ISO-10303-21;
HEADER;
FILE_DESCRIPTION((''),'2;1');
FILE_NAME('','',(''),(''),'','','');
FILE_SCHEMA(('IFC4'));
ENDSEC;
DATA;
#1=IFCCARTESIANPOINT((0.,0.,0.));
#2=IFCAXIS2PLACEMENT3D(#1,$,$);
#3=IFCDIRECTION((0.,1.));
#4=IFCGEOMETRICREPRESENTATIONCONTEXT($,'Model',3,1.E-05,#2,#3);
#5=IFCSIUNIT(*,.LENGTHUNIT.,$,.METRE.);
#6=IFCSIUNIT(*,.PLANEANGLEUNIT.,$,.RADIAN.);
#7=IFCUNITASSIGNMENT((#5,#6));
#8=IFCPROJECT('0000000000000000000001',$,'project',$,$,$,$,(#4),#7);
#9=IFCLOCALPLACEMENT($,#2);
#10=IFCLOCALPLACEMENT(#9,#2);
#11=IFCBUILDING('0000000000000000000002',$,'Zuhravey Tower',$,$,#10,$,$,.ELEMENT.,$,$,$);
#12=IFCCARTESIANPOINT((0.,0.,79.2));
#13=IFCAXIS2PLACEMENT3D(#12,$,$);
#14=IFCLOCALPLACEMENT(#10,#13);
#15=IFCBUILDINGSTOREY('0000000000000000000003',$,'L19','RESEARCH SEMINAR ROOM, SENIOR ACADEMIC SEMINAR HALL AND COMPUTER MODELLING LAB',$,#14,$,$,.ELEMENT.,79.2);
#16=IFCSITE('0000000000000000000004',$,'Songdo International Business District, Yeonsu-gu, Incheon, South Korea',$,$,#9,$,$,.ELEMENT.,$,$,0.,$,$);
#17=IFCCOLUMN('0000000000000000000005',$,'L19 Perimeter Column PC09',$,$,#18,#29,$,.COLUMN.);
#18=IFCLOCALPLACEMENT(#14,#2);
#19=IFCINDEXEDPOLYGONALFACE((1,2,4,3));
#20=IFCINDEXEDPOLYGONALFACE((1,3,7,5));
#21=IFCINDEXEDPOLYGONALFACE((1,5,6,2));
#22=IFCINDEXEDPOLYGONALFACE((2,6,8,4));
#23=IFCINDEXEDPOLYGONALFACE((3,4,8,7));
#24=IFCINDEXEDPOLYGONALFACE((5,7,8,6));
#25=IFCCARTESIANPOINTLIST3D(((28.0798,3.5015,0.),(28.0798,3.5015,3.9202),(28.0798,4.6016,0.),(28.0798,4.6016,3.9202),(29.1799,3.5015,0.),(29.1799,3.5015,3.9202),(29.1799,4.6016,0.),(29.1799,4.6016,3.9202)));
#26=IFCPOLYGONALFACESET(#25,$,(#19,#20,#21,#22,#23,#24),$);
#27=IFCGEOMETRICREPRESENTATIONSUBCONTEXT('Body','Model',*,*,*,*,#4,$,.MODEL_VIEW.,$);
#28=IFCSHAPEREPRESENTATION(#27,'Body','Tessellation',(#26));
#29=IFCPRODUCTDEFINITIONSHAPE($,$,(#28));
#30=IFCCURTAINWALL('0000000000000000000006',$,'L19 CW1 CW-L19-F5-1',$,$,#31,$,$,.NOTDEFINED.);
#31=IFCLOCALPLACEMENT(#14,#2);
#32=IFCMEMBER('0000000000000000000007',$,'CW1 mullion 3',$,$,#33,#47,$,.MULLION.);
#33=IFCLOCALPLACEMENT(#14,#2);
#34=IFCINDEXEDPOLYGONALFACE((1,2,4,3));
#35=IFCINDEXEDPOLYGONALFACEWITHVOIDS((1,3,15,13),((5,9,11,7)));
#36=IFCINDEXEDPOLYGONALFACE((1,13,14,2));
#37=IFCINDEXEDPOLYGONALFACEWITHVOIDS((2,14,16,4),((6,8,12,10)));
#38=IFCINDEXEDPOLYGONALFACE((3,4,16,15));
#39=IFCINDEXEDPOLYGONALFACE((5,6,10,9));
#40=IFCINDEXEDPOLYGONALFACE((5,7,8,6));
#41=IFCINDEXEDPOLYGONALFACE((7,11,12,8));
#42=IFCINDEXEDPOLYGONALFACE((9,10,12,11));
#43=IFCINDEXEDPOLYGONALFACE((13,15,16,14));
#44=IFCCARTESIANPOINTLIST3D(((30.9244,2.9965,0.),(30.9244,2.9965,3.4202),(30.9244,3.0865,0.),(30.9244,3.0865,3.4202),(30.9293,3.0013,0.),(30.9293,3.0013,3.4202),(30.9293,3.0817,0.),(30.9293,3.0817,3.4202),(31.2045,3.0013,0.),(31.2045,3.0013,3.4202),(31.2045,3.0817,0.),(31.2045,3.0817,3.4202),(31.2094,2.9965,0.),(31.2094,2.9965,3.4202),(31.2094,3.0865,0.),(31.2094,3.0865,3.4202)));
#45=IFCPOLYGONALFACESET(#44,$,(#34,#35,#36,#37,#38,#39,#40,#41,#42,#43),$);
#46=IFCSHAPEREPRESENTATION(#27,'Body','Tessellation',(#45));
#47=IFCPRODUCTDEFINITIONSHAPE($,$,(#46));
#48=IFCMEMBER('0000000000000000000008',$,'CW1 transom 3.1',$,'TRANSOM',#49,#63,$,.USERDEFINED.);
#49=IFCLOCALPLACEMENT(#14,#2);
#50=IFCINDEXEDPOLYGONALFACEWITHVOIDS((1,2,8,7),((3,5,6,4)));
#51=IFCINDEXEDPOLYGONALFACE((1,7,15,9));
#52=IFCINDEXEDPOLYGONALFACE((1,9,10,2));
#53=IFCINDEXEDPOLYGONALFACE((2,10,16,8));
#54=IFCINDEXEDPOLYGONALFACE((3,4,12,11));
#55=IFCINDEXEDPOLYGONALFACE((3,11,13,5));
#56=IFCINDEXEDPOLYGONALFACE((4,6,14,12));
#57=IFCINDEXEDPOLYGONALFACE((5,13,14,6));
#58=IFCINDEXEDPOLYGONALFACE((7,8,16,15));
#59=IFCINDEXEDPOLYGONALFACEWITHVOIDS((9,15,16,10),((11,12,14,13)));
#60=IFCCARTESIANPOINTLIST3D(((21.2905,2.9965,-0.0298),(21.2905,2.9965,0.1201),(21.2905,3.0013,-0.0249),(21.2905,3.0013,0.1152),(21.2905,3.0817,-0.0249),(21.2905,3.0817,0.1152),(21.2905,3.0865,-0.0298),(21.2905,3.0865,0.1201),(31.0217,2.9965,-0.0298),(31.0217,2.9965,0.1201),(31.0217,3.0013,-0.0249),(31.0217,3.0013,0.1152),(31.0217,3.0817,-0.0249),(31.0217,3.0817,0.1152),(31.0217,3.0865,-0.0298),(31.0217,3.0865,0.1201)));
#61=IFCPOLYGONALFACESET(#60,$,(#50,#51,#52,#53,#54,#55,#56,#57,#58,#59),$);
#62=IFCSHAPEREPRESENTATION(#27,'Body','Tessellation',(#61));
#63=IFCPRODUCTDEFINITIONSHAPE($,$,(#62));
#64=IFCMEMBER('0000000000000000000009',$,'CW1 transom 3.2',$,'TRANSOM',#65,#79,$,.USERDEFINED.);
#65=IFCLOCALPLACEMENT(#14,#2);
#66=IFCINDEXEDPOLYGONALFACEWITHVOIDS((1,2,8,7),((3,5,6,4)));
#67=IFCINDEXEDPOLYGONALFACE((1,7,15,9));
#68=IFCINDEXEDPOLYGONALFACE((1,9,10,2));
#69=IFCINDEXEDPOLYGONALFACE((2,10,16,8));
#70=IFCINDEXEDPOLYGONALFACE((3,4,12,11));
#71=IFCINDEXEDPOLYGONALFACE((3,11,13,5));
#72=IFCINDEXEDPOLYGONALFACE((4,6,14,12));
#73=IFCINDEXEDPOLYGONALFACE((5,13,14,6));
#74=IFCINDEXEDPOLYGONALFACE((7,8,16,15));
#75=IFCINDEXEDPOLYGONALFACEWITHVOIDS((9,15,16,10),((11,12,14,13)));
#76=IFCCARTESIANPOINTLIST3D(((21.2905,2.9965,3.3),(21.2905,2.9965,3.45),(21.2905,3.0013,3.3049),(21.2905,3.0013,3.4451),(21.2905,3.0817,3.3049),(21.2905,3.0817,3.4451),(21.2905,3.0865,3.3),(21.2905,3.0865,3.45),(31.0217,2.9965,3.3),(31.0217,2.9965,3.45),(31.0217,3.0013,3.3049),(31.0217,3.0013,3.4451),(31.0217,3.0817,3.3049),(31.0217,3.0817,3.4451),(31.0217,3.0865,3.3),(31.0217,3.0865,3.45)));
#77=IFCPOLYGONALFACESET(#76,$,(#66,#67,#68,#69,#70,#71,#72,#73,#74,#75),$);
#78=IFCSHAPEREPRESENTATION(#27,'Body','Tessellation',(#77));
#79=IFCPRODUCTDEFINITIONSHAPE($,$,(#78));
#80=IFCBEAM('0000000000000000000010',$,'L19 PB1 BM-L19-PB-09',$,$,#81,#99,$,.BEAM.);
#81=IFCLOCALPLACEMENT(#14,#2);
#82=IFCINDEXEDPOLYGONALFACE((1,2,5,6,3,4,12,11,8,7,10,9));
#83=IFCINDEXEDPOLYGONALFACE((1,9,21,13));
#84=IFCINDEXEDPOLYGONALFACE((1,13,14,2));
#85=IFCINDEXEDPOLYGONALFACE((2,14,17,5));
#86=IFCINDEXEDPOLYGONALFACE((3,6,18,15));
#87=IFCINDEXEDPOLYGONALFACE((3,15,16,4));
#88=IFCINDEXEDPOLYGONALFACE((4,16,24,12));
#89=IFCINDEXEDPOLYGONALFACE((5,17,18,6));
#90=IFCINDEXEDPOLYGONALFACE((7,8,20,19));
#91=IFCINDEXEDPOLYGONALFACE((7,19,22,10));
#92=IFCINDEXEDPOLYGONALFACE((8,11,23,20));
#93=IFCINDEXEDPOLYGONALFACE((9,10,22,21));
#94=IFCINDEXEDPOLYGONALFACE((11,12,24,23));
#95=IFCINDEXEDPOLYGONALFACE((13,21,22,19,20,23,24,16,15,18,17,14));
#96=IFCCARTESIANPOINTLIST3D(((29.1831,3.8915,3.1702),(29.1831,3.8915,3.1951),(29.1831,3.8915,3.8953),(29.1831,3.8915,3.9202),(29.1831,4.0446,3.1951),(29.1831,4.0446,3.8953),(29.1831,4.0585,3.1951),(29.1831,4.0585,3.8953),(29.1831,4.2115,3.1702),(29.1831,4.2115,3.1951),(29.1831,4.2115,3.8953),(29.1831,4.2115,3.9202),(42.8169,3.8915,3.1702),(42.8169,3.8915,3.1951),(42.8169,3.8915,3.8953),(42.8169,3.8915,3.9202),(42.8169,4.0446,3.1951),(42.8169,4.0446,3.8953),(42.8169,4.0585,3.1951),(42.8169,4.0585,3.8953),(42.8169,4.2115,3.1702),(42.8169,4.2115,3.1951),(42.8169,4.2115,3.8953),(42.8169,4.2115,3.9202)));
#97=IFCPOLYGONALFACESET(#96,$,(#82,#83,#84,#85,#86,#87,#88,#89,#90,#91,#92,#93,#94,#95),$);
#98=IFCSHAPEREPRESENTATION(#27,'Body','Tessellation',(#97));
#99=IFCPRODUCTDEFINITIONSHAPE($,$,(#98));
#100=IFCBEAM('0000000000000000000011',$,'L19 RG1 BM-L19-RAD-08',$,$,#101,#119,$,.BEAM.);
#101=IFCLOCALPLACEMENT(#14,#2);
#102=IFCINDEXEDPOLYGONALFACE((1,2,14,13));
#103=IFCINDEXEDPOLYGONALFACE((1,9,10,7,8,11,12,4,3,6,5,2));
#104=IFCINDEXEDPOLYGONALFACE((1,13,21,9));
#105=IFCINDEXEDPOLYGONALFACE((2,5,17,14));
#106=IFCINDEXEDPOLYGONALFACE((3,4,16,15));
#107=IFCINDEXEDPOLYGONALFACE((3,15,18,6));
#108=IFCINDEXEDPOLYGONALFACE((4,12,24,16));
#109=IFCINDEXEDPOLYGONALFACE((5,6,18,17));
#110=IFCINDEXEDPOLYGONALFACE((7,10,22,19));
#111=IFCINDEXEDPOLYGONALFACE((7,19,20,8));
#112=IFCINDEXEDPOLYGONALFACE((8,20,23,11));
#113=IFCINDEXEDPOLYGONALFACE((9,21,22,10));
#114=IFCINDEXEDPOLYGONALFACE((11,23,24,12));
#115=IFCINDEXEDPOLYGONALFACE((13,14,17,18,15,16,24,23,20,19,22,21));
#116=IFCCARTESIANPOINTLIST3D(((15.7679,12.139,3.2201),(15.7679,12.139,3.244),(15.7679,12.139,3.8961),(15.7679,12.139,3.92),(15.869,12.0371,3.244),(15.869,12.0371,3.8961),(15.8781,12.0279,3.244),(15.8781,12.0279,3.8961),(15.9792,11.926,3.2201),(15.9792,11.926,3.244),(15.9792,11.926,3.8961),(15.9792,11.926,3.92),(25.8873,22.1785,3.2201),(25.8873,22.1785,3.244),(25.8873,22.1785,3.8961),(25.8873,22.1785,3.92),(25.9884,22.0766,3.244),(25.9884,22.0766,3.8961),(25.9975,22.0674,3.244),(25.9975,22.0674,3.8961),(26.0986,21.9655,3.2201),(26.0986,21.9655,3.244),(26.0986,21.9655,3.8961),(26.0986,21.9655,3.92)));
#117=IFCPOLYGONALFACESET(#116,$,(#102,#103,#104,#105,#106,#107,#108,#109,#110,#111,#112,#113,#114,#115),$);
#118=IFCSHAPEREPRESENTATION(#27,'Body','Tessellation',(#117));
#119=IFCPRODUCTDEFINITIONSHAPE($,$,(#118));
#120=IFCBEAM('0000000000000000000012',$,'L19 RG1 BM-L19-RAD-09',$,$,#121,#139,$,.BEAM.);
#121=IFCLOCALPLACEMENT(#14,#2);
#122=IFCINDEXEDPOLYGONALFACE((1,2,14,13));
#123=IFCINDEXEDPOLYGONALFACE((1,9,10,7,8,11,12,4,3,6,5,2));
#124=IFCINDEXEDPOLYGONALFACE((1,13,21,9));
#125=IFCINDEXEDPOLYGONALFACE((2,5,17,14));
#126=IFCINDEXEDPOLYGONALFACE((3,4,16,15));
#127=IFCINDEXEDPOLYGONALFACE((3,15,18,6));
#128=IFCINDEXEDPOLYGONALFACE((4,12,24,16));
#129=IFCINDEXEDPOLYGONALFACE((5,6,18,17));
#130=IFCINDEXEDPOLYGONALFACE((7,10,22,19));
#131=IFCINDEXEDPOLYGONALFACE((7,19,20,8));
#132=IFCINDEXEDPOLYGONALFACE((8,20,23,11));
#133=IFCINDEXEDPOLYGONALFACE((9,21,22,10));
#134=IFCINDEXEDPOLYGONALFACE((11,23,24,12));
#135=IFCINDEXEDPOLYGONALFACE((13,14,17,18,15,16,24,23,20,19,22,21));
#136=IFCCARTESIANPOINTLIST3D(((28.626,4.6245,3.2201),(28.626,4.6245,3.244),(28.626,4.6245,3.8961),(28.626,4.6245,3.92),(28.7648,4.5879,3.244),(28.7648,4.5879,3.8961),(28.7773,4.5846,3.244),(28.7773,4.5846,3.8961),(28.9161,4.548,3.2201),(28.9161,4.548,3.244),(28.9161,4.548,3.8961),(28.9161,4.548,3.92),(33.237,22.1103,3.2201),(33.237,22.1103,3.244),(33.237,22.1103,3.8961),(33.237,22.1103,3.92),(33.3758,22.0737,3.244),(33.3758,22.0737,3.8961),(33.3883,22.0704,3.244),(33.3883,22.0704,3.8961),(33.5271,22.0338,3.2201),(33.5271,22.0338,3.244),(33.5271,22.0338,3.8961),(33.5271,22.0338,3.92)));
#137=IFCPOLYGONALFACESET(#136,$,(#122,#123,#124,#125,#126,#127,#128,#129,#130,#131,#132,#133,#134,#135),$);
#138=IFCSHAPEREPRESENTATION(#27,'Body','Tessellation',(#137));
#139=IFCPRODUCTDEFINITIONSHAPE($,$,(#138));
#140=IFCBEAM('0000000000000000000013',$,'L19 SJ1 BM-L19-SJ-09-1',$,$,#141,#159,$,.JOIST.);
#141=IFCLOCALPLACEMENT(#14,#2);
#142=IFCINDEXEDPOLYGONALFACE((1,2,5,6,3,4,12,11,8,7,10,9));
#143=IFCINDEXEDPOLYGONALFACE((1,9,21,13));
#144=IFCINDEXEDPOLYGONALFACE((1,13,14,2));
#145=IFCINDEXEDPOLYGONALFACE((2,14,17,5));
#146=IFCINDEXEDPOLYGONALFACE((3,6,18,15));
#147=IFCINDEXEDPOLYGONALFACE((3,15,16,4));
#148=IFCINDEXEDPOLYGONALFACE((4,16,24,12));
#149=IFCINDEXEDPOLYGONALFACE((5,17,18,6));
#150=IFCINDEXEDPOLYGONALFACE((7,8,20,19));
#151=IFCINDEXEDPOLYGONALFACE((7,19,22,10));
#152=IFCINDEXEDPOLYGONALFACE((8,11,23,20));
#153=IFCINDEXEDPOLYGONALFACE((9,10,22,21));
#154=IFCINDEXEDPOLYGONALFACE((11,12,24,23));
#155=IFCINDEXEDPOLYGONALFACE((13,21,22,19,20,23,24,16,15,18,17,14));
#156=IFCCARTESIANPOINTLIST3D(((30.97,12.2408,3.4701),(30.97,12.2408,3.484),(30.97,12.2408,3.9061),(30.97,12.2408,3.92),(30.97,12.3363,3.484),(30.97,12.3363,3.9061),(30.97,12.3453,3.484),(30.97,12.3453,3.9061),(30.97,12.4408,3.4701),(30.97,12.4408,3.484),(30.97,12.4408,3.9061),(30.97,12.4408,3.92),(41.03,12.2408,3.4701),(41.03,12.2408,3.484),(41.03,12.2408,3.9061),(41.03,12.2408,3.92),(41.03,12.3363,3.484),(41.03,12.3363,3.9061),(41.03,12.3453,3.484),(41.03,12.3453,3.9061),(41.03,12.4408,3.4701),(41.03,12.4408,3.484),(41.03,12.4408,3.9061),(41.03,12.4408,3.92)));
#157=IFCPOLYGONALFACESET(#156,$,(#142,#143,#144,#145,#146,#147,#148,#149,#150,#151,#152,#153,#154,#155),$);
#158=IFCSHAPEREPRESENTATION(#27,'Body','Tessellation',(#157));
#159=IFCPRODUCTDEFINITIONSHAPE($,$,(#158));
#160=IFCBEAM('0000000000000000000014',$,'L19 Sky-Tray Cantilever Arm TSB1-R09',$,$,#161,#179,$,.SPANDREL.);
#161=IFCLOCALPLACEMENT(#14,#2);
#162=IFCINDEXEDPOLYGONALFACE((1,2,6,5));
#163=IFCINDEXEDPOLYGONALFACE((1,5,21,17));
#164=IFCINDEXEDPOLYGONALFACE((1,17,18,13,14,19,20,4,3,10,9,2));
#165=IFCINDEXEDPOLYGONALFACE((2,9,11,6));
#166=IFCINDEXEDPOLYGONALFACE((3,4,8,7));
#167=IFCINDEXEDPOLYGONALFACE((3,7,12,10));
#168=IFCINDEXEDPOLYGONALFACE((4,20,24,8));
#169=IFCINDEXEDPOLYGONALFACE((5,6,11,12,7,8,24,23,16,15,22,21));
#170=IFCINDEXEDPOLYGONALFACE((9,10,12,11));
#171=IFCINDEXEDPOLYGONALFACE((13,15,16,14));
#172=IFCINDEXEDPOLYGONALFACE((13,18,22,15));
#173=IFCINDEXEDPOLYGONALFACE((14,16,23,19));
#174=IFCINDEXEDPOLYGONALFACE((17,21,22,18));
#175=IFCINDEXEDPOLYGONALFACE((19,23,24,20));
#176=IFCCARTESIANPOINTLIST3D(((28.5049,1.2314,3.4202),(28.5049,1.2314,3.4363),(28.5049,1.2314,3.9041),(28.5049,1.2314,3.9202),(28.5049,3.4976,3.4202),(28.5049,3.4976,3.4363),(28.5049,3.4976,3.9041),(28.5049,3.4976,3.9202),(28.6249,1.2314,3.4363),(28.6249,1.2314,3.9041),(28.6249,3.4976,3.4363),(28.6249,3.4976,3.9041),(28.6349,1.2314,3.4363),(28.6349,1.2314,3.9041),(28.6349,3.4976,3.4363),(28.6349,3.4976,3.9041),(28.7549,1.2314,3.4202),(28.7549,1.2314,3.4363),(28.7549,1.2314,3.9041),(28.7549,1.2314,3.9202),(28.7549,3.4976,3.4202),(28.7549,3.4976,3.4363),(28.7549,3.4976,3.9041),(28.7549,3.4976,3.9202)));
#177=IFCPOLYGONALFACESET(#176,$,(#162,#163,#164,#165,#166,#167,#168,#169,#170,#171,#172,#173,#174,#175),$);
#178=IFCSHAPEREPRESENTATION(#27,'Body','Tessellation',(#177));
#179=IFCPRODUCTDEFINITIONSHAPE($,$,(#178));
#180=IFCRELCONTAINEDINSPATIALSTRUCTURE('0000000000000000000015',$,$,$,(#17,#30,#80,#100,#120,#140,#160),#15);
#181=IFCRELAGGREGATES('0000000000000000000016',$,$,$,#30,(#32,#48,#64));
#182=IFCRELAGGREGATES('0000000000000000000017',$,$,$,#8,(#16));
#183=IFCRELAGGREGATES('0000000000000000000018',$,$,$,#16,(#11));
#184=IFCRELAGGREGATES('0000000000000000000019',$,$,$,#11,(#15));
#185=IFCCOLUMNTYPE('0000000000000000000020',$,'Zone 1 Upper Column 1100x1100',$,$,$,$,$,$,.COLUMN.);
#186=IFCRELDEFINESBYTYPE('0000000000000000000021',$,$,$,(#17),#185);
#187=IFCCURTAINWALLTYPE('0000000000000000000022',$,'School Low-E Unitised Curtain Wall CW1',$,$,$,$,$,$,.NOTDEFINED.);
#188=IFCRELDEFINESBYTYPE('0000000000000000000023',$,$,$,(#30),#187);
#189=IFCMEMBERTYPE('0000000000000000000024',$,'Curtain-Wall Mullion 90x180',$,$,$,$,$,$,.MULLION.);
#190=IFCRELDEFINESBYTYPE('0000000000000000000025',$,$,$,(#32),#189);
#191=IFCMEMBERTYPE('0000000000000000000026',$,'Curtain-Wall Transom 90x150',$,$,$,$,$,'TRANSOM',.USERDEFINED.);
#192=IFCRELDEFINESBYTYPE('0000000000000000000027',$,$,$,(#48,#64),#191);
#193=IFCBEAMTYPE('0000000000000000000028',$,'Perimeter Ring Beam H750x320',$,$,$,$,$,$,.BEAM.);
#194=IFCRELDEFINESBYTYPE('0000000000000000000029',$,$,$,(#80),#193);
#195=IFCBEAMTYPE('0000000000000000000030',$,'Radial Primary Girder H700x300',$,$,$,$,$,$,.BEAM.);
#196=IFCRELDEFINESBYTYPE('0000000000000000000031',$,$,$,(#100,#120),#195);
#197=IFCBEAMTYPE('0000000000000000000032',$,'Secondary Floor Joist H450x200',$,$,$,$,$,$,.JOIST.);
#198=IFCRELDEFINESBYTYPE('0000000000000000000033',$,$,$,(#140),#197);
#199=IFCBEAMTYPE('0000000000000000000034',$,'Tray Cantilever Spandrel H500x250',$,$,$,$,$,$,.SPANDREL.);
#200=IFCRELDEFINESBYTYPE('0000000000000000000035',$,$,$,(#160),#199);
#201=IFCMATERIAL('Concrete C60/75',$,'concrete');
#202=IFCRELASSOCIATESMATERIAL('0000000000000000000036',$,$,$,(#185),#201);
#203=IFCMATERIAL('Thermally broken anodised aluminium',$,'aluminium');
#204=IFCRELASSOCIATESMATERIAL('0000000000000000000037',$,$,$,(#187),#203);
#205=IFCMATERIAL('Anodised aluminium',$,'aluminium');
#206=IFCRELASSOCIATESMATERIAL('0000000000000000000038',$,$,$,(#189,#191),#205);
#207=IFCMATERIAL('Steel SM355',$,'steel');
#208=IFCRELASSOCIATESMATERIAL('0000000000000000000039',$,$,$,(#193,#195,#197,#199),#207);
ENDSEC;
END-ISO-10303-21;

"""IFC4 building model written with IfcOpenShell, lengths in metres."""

from ifc_helpers import new_model, si_unit, direction, frame, origin, origin_2d, place, context, subcontext, project, spatial, rectangle, hollow_rectangle, i_section, extrude, material, material_profile, profile_set, type_object, element, aggregate, save


model = new_model("IFC4")

# Units and contexts
model_context = context("Model", 3, precision=1e-05, world=origin(), true_north=direction((0.0, 1.0)))
body_context = subcontext(model_context, "Body", "Model", "MODEL_VIEW")
ifc_project = project(units=[si_unit("LENGTHUNIT", "METRE"), si_unit("PLANEANGLEUNIT", "RADIAN")], contexts=[model_context])

# Site, building, storey
site_placement = place(None, origin())
site = spatial("IfcSite", under=ifc_project, at=site_placement, Name="Songdo International Business District, Yeonsu-gu, Incheon, South Korea", CompositionType="ELEMENT", RefElevation=0.0)
building_placement = place(site_placement, origin())
building = spatial("IfcBuilding", under=site, at=building_placement, Name="Zuhravey Tower", CompositionType="ELEMENT")
storey_placement = place(building_placement, frame((0.0, 0.0, 79.2)))
storey = spatial("IfcBuildingStorey", under=building, at=storey_placement, Name="L19", Description="RESEARCH SEMINAR ROOM, SENIOR ACADEMIC SEMINAR HALL AND COMPUTER MODELLING LAB", CompositionType="ELEMENT", Elevation=79.2)

# Column
ifc_material_1 = material(Name="Concrete C60/75", Category="concrete")
ifc_material_profile_1 = material_profile(ifc_material_1, rectangle(XDim=1.1001, YDim=1.1001, at=origin_2d()), Name="RC-1100x1100")
ifc_profile_set_1 = profile_set([ifc_material_profile_1], Name="Concrete C60/75")
column_type = type_object("IfcColumnType", Name="Zone 1 Upper Column 1100x1100", PredefinedType="COLUMN", material=ifc_profile_set_1)
column_placement = place(storey_placement, frame((28.6299, 4.0515, 0.0), z_axis=(0.0, 0.0, 1.0), x_axis=(1.0, 0.0, 0.0)))
element("IfcColumn", 1, at=column_placement, inside=storey, type_object=column_type, Name="L19 Perimeter Column PC09", PredefinedType="COLUMN", context=body_context, shape_type="SweptSolid", body=[
    extrude(rectangle(XDim=1.1001, YDim=1.1001, at=origin_2d()), origin(), (0.0, 0.0, 1.0), 3.9202),
])

# Curtain wall, members
ifc_material_2 = material(Name="Thermally broken anodised aluminium", Category="aluminium")
curtain_wall_type = type_object("IfcCurtainWallType", Name="School Low-E Unitised Curtain Wall CW1", PredefinedType="NOTDEFINED", material=ifc_material_2)
curtain_wall_placement = place(storey_placement, origin())
curtain_wall = element("IfcCurtainWall", 2, at=curtain_wall_placement, inside=storey, type_object=curtain_wall_type, Name="L19 CW1 CW-L19-F5-1", PredefinedType="NOTDEFINED")
ifc_material_3 = material(Name="Anodised aluminium", Category="aluminium")
ifc_material_profile_2 = material_profile(ifc_material_3, hollow_rectangle(XDim=0.0901, YDim=0.2849, WallThickness=0.0049, at=origin_2d()), Name="ALU-RHS-90x285x5")
ifc_profile_set_2 = profile_set([ifc_material_profile_2], Name="Anodised aluminium")
member_type_1 = type_object("IfcMemberType", Name="Curtain-Wall Mullion 90x180", PredefinedType="MULLION", material=ifc_profile_set_2)
member_1_placement = place(storey_placement, frame((31.0669, 3.0415, 0.0), z_axis=(0.0, 0.0, 1.0), x_axis=(0.0, -1.0, 0.0)))
member_1 = element("IfcMember", 3, at=member_1_placement, type_object=member_type_1, Name="CW1 mullion 3", PredefinedType="MULLION", context=body_context, shape_type="SweptSolid", body=[
    extrude(hollow_rectangle(XDim=0.0901, YDim=0.2849, WallThickness=0.0049, at=origin_2d()), origin(), (0.0, 0.0, 1.0), 3.4202),
])
ifc_material_profile_3 = material_profile(ifc_material_3, hollow_rectangle(XDim=0.0901, YDim=0.1499, WallThickness=0.0049, at=origin_2d()), Name="ALU-RHS-90x150x5")
ifc_profile_set_3 = profile_set([ifc_material_profile_3], Name="Anodised aluminium")
member_type_2 = type_object("IfcMemberType", Name="Curtain-Wall Transom 90x150", ElementType="TRANSOM", PredefinedType="USERDEFINED", material=ifc_profile_set_3)
member_2_placement = place(storey_placement, frame((31.0217, 3.0415, 0.0452), z_axis=(-1.0, 0.0, 0.0), x_axis=(0.0, -1.0, 0.0)))
member_2 = element("IfcMember", 4, at=member_2_placement, type_object=member_type_2, Name="CW1 transom 3.1", ObjectType="TRANSOM", PredefinedType="USERDEFINED", context=body_context, shape_type="SweptSolid", body=[
    extrude(hollow_rectangle(XDim=0.0901, YDim=0.1499, WallThickness=0.0049, at=origin_2d()), origin(), (0.0, 0.0, 1.0), 9.7312),
])
member_3_placement = place(storey_placement, frame((31.0217, 3.0415, 3.375), z_axis=(-1.0, 0.0, 0.0), x_axis=(0.0, -1.0, 0.0)))
member_3 = element("IfcMember", 5, at=member_3_placement, type_object=member_type_2, Name="CW1 transom 3.2", ObjectType="TRANSOM", PredefinedType="USERDEFINED", context=body_context, shape_type="SweptSolid", body=[
    extrude(hollow_rectangle(XDim=0.0901, YDim=0.1499, WallThickness=0.0049, at=origin_2d()), origin(), (0.0, 0.0, 1.0), 9.7312),
])

# Beams
ifc_material_4 = material(Name="Steel SM355", Category="steel")
ifc_material_profile_4 = material_profile(ifc_material_4, i_section(OverallWidth=0.3201, OverallDepth=0.75, WebThickness=0.0139, FlangeThickness=0.0249, at=origin_2d()), Name="H-750x320x14x25")
ifc_profile_set_4 = profile_set([ifc_material_profile_4], Name="Steel SM355")
beam_type_1 = type_object("IfcBeamType", Name="Perimeter Ring Beam H750x320", PredefinedType="BEAM", material=ifc_profile_set_4)
beam_1_placement = place(storey_placement, frame((29.1831, 4.0515, 3.5452), z_axis=(1.0, 0.0, 0.0), x_axis=(0.0, 1.0, 0.0)))
element("IfcBeam", 6, at=beam_1_placement, inside=storey, type_object=beam_type_1, Name="L19 PB1 BM-L19-PB-09", PredefinedType="BEAM", context=body_context, shape_type="SweptSolid", body=[
    extrude(i_section(OverallWidth=0.3201, OverallDepth=0.75, WebThickness=0.0139, FlangeThickness=0.0249, at=origin_2d()), origin(), (0.0, 0.0, 1.0), 13.6338),
])
ifc_material_profile_5 = material_profile(ifc_material_4, i_section(OverallWidth=0.3, OverallDepth=0.7, WebThickness=0.0129, FlangeThickness=0.0239, at=origin_2d()), Name="H-700x300x13x24")
ifc_profile_set_5 = profile_set([ifc_material_profile_5], Name="Steel SM355")
beam_type_2 = type_object("IfcBeamType", Name="Radial Primary Girder H700x300", PredefinedType="BEAM", material=ifc_profile_set_5)
beam_2_placement = place(storey_placement, frame((25.9929, 22.072, 3.5701), z_axis=(-0.709902, -0.704301, 0.0), x_axis=(0.704301, -0.709902, 0.0)))
element("IfcBeam", 7, at=beam_2_placement, inside=storey, type_object=beam_type_2, Name="L19 RG1 BM-L19-RAD-08", PredefinedType="BEAM", context=body_context, shape_type="SweptSolid", body=[
    extrude(i_section(OverallWidth=0.3, OverallDepth=0.7, WebThickness=0.0129, FlangeThickness=0.0239, at=origin_2d()), origin(), (0.0, 0.0, 1.0), 14.2546),
])
beam_3_placement = place(storey_placement, frame((33.3821, 22.072, 3.5701), z_axis=(-0.254987, -0.966944, 0.0), x_axis=(0.966944, -0.254987, 0.0)))
element("IfcBeam", 8, at=beam_3_placement, inside=storey, type_object=beam_type_2, Name="L19 RG1 BM-L19-RAD-09", PredefinedType="BEAM", context=body_context, shape_type="SweptSolid", body=[
    extrude(i_section(OverallWidth=0.3, OverallDepth=0.7, WebThickness=0.0129, FlangeThickness=0.0239, at=origin_2d()), origin(), (0.0, 0.0, 1.0), 18.0835),
])
ifc_material_profile_6 = material_profile(ifc_material_4, i_section(OverallWidth=0.2, OverallDepth=0.45, WebThickness=0.009, FlangeThickness=0.0139, at=origin_2d()), Name="H-450x200x9x14")
ifc_profile_set_6 = profile_set([ifc_material_profile_6], Name="Steel SM355")
beam_type_3 = type_object("IfcBeamType", Name="Secondary Floor Joist H450x200", PredefinedType="JOIST", material=ifc_profile_set_6)
beam_4_placement = place(storey_placement, frame((30.97, 12.3408, 3.6951), z_axis=(1.0, 0.0, 0.0), x_axis=(0.0, 1.0, 0.0)))
element("IfcBeam", 9, at=beam_4_placement, inside=storey, type_object=beam_type_3, Name="L19 SJ1 BM-L19-SJ-09-1", PredefinedType="JOIST", context=body_context, shape_type="SweptSolid", body=[
    extrude(i_section(OverallWidth=0.2, OverallDepth=0.45, WebThickness=0.009, FlangeThickness=0.0139, at=origin_2d()), origin(), (0.0, 0.0, 1.0), 10.0601),
])
ifc_material_profile_7 = material_profile(ifc_material_4, i_section(OverallWidth=0.25, OverallDepth=0.5, WebThickness=0.01, FlangeThickness=0.0161, at=origin_2d()), Name="H-500x250x10x16")
ifc_profile_set_7 = profile_set([ifc_material_profile_7], Name="Steel SM355")
beam_type_4 = type_object("IfcBeamType", Name="Tray Cantilever Spandrel H500x250", PredefinedType="SPANDREL", material=ifc_profile_set_7)
beam_5_placement = place(storey_placement, frame((28.6299, 3.4976, 3.6702), z_axis=(0.0, -1.0, 0.0), x_axis=(1.0, 0.0, 0.0)))
element("IfcBeam", 10, at=beam_5_placement, inside=storey, type_object=beam_type_4, Name="L19 Sky-Tray Cantilever Arm TSB1-R09", PredefinedType="SPANDREL", context=body_context, shape_type="SweptSolid", body=[
    extrude(i_section(OverallWidth=0.25, OverallDepth=0.5, WebThickness=0.01, FlangeThickness=0.0161, at=origin_2d()), origin(), (0.0, 0.0, 1.0), 2.2661),
])

aggregate(curtain_wall, [member_1, member_2, member_3])

save(model, "model.ifc")
